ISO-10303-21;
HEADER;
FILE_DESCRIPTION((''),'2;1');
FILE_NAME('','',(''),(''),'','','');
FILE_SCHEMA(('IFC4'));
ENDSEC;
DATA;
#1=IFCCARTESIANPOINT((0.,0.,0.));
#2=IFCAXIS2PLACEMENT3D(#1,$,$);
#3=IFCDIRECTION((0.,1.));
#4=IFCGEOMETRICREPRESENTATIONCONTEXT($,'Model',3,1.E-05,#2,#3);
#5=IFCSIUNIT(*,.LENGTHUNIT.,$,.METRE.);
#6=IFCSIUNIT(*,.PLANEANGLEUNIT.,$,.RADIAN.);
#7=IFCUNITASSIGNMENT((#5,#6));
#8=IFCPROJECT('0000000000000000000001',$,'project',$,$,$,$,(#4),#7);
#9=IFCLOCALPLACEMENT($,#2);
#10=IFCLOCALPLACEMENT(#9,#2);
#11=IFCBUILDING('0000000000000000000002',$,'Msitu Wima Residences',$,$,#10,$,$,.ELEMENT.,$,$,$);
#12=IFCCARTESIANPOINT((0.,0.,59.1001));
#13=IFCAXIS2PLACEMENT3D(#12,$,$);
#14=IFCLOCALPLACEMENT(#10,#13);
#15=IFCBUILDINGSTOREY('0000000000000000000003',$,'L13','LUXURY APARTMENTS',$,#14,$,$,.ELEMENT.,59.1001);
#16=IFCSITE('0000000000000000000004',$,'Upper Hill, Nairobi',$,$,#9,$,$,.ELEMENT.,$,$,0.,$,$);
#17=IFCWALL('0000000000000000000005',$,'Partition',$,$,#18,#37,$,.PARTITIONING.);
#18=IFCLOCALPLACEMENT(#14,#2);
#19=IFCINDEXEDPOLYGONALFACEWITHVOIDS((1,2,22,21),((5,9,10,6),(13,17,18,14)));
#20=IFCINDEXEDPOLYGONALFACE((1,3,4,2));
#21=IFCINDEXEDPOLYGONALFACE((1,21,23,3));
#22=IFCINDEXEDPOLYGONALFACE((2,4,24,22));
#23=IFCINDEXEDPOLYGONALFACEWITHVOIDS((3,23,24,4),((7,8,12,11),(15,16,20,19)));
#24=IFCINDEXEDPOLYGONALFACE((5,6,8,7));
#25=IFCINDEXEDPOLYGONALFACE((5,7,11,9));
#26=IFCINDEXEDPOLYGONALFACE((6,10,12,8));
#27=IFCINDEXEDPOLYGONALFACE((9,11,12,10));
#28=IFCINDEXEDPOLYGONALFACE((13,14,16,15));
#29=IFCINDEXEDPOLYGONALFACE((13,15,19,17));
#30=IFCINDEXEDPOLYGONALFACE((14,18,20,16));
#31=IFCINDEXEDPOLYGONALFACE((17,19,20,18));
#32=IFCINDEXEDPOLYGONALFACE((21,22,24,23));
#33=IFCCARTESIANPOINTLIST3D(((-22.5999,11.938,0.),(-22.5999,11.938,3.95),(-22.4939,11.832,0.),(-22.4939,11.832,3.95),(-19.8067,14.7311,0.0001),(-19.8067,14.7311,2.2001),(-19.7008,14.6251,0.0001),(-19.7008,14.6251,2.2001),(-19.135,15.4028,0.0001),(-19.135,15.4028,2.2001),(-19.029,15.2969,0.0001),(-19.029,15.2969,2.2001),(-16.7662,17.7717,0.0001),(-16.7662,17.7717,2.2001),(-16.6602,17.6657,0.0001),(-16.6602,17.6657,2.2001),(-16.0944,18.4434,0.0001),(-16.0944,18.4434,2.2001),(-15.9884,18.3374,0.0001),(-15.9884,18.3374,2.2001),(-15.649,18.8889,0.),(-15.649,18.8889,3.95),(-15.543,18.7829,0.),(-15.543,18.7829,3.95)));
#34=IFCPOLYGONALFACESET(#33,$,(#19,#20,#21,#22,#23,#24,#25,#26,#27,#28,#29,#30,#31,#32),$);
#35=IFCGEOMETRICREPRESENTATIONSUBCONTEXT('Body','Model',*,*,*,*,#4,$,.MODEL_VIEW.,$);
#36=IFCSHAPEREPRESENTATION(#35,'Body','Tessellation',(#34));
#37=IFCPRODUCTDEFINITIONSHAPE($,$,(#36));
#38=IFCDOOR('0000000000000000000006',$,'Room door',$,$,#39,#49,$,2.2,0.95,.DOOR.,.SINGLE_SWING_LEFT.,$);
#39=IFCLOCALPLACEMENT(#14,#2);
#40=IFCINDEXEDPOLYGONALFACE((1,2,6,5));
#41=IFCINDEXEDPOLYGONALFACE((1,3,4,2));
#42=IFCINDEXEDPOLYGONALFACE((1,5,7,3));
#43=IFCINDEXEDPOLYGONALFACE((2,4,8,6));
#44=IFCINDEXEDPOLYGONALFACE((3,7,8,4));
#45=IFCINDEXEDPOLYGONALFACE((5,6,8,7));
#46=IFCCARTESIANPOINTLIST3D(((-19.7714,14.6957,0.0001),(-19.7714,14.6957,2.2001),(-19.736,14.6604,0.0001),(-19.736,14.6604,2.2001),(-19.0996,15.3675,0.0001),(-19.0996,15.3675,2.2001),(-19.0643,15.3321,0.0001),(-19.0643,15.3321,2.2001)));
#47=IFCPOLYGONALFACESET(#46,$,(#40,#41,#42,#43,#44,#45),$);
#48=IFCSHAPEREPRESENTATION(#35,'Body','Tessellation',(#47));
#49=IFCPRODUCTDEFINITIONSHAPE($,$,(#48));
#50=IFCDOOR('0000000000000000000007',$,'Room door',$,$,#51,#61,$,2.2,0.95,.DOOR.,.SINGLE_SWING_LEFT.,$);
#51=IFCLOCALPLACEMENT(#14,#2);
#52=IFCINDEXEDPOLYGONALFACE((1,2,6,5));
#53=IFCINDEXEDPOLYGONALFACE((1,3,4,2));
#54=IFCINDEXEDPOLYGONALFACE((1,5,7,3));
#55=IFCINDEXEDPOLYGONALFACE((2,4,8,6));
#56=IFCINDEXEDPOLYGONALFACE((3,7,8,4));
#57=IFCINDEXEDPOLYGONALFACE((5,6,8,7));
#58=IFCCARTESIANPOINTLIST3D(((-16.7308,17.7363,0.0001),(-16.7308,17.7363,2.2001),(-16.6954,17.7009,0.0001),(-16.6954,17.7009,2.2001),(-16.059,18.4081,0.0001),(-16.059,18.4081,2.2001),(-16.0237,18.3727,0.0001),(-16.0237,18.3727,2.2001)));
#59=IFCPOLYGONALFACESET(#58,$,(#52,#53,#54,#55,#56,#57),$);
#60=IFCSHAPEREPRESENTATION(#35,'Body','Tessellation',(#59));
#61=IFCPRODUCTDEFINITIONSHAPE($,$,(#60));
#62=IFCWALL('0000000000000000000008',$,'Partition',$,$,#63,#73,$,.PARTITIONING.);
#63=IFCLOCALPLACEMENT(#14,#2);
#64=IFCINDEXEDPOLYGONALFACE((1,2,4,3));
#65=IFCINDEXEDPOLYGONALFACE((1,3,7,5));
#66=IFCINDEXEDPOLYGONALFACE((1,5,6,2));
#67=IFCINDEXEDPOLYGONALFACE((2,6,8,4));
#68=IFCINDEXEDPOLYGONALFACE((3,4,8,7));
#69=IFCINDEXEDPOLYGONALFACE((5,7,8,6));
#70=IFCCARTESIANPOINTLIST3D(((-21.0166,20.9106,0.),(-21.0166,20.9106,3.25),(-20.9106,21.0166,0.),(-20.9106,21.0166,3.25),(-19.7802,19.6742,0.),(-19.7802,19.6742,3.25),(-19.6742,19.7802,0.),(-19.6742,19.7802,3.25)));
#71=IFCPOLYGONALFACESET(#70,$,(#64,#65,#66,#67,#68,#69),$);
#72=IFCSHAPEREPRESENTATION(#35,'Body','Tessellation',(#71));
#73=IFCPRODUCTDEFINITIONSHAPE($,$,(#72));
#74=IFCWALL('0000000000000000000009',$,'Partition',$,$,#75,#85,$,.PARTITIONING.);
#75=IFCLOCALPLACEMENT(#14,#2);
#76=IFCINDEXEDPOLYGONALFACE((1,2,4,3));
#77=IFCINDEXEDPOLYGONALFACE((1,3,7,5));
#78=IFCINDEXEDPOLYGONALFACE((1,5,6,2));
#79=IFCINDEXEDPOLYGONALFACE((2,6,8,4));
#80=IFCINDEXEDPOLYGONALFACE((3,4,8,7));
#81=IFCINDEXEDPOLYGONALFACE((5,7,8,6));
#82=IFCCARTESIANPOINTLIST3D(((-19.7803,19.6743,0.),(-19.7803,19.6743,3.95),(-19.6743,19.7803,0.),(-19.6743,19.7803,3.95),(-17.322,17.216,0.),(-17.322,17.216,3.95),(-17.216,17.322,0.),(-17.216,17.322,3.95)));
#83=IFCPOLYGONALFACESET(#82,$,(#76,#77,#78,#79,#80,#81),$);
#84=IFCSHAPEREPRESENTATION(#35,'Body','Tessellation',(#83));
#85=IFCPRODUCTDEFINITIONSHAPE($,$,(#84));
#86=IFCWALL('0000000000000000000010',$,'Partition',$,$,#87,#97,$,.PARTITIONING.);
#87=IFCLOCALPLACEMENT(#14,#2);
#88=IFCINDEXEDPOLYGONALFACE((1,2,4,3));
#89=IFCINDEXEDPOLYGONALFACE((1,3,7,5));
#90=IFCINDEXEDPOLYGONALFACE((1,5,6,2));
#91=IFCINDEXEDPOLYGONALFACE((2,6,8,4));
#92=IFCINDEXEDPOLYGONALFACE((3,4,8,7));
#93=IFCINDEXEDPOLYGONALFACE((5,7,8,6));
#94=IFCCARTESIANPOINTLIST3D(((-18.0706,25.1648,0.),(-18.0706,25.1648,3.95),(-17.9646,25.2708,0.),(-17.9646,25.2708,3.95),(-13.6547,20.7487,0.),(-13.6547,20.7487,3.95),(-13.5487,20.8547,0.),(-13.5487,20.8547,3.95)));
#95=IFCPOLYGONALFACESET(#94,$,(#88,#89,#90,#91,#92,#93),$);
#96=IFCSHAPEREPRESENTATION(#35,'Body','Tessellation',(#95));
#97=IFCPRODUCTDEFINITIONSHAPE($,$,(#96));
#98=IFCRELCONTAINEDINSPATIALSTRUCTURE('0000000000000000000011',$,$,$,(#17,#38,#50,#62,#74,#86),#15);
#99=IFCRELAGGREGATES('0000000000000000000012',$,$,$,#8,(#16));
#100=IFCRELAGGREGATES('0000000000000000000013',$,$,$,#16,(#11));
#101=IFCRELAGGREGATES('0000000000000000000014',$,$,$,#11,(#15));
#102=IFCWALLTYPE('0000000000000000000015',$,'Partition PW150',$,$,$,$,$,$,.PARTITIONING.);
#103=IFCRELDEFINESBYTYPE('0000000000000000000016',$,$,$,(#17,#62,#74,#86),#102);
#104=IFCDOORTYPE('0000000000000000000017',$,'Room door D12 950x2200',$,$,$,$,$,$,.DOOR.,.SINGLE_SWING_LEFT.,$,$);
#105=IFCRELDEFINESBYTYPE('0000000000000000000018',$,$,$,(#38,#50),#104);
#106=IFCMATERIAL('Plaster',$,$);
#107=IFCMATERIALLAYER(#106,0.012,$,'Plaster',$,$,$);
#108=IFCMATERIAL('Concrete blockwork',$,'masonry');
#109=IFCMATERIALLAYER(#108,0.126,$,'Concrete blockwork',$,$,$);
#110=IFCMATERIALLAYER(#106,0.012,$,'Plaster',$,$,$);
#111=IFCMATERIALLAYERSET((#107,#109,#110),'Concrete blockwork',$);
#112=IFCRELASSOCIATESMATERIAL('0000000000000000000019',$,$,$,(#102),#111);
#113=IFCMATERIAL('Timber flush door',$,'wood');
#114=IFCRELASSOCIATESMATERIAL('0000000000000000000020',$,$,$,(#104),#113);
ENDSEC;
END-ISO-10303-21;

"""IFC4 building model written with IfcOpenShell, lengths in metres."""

from ifc_helpers import new_model, si_unit, direction, frame, frame_2d, origin, place, context, subcontext, project, spatial, rectangle, extrude, material, layer, layer_set, type_object, element, fill, save


model = new_model("IFC4")

# Units and contexts
model_context = context("Model", 3, precision=1e-05, world=origin(), true_north=direction((0.0, 1.0)))
body_context = subcontext(model_context, "Body", "Model", "MODEL_VIEW")
ifc_project = project(units=[si_unit("LENGTHUNIT", "METRE"), si_unit("PLANEANGLEUNIT", "RADIAN")], contexts=[model_context])

# Site, building, storey
site_placement = place(None, origin())
site = spatial("IfcSite", under=ifc_project, at=site_placement, Name="Upper Hill, Nairobi", CompositionType="ELEMENT", RefElevation=0.0)
building_placement = place(site_placement, origin())
building = spatial("IfcBuilding", under=site, at=building_placement, Name="Msitu Wima Residences", CompositionType="ELEMENT")
storey_placement = place(building_placement, frame((0.0, 0.0, 59.1001)))
storey = spatial("IfcBuildingStorey", under=building, at=storey_placement, Name="L13", Description="LUXURY APARTMENTS", CompositionType="ELEMENT", Elevation=59.1001)

# Shared definitions
ifc_material_1 = material(Name="Plaster")
ifc_material_2 = material(Name="Concrete blockwork", Category="masonry")
ifc_layer_1 = layer(ifc_material_1, 0.012, Name="Plaster")
ifc_layer_2 = layer(ifc_material_2, 0.126, Name="Concrete blockwork")
ifc_layer_3 = layer(ifc_material_1, 0.012, Name="Plaster")
ifc_layer_set_1 = layer_set([ifc_layer_1, ifc_layer_2, ifc_layer_3], Name="Concrete blockwork")
wall_type_1 = type_object("IfcWallType", Name="Partition PW150", PredefinedType="PARTITIONING", material=ifc_layer_set_1)

# Wall, openings, doors
wall_1_placement = place(storey_placement, frame((-22.5469, 11.885, 0.0), z_axis=(0.0, 0.0, 1.0), x_axis=(0.707107, 0.707107, 0.0)))
wall_1 = element("IfcWall", 1, at=wall_1_placement, inside=storey, type_object=wall_type_1, Name="Partition", PredefinedType="PARTITIONING", context=body_context, shape_type="SweptSolid", body=[
    extrude(rectangle(XDim=9.8301, YDim=0.1499, at=frame_2d((4.915, 0.0))), origin(), (0.0, 0.0, 1.0), 3.95),
])
opening_1_placement = place(wall_1_placement, frame((3.95, 0.0, 0.0)))
opening_1 = element("IfcOpeningElement", 2, at=opening_1_placement, cuts=wall_1, PredefinedType="OPENING", context=body_context, shape_type="SweptSolid", body=[
    extrude(rectangle(XDim=0.95, YDim=2.2, at=frame_2d((0.4751, 1.1001))), frame((0.0, 0.085, 0.0), z_axis=(0.0, -1.0, 0.0), x_axis=(1.0, 0.0, 0.0)), (0.0, 0.0, 1.0), 0.1699),
])
opening_2_placement = place(wall_1_placement, frame((8.25, 0.0, 0.0)))
opening_2 = element("IfcOpeningElement", 3, at=opening_2_placement, cuts=wall_1, PredefinedType="OPENING", context=body_context, shape_type="SweptSolid", body=[
    extrude(rectangle(XDim=0.95, YDim=2.2, at=frame_2d((0.4751, 1.1001))), frame((0.0, 0.085, 0.0), z_axis=(0.0, -1.0, 0.0), x_axis=(1.0, 0.0, 0.0)), (0.0, 0.0, 1.0), 0.1699),
])
ifc_material_3 = material(Name="Timber flush door", Category="wood")
door_type_1 = type_object("IfcDoorType", Name="Room door D12 950x2200", OperationType="SINGLE_SWING_LEFT", PredefinedType="DOOR", material=ifc_material_3)
door_1_placement = place(opening_1_placement, origin())
door_1 = element("IfcDoor", 4, at=door_1_placement, inside=storey, type_object=door_type_1, Name="Room door", OperationType="SINGLE_SWING_LEFT", OverallHeight=2.2, OverallWidth=0.95, PredefinedType="DOOR", context=body_context, shape_type="SweptSolid", body=[
    extrude(rectangle(XDim=0.95, YDim=2.2, at=frame_2d((0.4751, 1.1001))), frame((0.0, 0.0249, 0.0), z_axis=(0.0, -1.0, 0.0), x_axis=(1.0, 0.0, 0.0)), (0.0, 0.0, 1.0), 0.05),
])
fill(opening_1, door_1)
door_2_placement = place(opening_2_placement, origin())
door_2 = element("IfcDoor", 5, at=door_2_placement, inside=storey, type_object=door_type_1, Name="Room door", OperationType="SINGLE_SWING_LEFT", OverallHeight=2.2, OverallWidth=0.95, PredefinedType="DOOR", context=body_context, shape_type="SweptSolid", body=[
    extrude(rectangle(XDim=0.95, YDim=2.2, at=frame_2d((0.4751, 1.1001))), frame((0.0, 0.0249, 0.0), z_axis=(0.0, -1.0, 0.0), x_axis=(1.0, 0.0, 0.0)), (0.0, 0.0, 1.0), 0.05),
])
fill(opening_2, door_2)

# Walls
wall_2_placement = place(storey_placement, frame((-20.9636, 20.9636, 0.0), z_axis=(0.0, 0.0, 1.0), x_axis=(0.707107, -0.707107, 0.0)))
element("IfcWall", 6, at=wall_2_placement, inside=storey, type_object=wall_type_1, Name="Partition", PredefinedType="PARTITIONING", context=body_context, shape_type="SweptSolid", body=[
    extrude(rectangle(XDim=1.7485, YDim=0.1499, at=frame_2d((0.8743, 0.0))), origin(), (0.0, 0.0, 1.0), 3.25),
])
wall_3_placement = place(storey_placement, frame((-19.7273, 19.7273, 0.0), z_axis=(0.0, 0.0, 1.0), x_axis=(0.707107, -0.707107, 0.0)))
element("IfcWall", 7, at=wall_3_placement, inside=storey, type_object=wall_type_1, Name="Partition", PredefinedType="PARTITIONING", context=body_context, shape_type="SweptSolid", body=[
    extrude(rectangle(XDim=3.4766, YDim=0.1499, at=frame_2d((1.7383, 0.0))), origin(), (0.0, 0.0, 1.0), 3.95),
])
wall_4_placement = place(storey_placement, frame((-18.0176, 25.2178, 0.0), z_axis=(0.0, 0.0, 1.0), x_axis=(0.707087, -0.707126, 0.0)))
element("IfcWall", 8, at=wall_4_placement, inside=storey, type_object=wall_type_1, Name="Partition", PredefinedType="PARTITIONING", context=body_context, shape_type="SweptSolid", body=[
    extrude(rectangle(XDim=6.2451, YDim=0.1499, at=frame_2d((3.1226, 0.0))), origin(), (0.0, 0.0, 1.0), 3.95),
])

save(model, "model.ifc")
